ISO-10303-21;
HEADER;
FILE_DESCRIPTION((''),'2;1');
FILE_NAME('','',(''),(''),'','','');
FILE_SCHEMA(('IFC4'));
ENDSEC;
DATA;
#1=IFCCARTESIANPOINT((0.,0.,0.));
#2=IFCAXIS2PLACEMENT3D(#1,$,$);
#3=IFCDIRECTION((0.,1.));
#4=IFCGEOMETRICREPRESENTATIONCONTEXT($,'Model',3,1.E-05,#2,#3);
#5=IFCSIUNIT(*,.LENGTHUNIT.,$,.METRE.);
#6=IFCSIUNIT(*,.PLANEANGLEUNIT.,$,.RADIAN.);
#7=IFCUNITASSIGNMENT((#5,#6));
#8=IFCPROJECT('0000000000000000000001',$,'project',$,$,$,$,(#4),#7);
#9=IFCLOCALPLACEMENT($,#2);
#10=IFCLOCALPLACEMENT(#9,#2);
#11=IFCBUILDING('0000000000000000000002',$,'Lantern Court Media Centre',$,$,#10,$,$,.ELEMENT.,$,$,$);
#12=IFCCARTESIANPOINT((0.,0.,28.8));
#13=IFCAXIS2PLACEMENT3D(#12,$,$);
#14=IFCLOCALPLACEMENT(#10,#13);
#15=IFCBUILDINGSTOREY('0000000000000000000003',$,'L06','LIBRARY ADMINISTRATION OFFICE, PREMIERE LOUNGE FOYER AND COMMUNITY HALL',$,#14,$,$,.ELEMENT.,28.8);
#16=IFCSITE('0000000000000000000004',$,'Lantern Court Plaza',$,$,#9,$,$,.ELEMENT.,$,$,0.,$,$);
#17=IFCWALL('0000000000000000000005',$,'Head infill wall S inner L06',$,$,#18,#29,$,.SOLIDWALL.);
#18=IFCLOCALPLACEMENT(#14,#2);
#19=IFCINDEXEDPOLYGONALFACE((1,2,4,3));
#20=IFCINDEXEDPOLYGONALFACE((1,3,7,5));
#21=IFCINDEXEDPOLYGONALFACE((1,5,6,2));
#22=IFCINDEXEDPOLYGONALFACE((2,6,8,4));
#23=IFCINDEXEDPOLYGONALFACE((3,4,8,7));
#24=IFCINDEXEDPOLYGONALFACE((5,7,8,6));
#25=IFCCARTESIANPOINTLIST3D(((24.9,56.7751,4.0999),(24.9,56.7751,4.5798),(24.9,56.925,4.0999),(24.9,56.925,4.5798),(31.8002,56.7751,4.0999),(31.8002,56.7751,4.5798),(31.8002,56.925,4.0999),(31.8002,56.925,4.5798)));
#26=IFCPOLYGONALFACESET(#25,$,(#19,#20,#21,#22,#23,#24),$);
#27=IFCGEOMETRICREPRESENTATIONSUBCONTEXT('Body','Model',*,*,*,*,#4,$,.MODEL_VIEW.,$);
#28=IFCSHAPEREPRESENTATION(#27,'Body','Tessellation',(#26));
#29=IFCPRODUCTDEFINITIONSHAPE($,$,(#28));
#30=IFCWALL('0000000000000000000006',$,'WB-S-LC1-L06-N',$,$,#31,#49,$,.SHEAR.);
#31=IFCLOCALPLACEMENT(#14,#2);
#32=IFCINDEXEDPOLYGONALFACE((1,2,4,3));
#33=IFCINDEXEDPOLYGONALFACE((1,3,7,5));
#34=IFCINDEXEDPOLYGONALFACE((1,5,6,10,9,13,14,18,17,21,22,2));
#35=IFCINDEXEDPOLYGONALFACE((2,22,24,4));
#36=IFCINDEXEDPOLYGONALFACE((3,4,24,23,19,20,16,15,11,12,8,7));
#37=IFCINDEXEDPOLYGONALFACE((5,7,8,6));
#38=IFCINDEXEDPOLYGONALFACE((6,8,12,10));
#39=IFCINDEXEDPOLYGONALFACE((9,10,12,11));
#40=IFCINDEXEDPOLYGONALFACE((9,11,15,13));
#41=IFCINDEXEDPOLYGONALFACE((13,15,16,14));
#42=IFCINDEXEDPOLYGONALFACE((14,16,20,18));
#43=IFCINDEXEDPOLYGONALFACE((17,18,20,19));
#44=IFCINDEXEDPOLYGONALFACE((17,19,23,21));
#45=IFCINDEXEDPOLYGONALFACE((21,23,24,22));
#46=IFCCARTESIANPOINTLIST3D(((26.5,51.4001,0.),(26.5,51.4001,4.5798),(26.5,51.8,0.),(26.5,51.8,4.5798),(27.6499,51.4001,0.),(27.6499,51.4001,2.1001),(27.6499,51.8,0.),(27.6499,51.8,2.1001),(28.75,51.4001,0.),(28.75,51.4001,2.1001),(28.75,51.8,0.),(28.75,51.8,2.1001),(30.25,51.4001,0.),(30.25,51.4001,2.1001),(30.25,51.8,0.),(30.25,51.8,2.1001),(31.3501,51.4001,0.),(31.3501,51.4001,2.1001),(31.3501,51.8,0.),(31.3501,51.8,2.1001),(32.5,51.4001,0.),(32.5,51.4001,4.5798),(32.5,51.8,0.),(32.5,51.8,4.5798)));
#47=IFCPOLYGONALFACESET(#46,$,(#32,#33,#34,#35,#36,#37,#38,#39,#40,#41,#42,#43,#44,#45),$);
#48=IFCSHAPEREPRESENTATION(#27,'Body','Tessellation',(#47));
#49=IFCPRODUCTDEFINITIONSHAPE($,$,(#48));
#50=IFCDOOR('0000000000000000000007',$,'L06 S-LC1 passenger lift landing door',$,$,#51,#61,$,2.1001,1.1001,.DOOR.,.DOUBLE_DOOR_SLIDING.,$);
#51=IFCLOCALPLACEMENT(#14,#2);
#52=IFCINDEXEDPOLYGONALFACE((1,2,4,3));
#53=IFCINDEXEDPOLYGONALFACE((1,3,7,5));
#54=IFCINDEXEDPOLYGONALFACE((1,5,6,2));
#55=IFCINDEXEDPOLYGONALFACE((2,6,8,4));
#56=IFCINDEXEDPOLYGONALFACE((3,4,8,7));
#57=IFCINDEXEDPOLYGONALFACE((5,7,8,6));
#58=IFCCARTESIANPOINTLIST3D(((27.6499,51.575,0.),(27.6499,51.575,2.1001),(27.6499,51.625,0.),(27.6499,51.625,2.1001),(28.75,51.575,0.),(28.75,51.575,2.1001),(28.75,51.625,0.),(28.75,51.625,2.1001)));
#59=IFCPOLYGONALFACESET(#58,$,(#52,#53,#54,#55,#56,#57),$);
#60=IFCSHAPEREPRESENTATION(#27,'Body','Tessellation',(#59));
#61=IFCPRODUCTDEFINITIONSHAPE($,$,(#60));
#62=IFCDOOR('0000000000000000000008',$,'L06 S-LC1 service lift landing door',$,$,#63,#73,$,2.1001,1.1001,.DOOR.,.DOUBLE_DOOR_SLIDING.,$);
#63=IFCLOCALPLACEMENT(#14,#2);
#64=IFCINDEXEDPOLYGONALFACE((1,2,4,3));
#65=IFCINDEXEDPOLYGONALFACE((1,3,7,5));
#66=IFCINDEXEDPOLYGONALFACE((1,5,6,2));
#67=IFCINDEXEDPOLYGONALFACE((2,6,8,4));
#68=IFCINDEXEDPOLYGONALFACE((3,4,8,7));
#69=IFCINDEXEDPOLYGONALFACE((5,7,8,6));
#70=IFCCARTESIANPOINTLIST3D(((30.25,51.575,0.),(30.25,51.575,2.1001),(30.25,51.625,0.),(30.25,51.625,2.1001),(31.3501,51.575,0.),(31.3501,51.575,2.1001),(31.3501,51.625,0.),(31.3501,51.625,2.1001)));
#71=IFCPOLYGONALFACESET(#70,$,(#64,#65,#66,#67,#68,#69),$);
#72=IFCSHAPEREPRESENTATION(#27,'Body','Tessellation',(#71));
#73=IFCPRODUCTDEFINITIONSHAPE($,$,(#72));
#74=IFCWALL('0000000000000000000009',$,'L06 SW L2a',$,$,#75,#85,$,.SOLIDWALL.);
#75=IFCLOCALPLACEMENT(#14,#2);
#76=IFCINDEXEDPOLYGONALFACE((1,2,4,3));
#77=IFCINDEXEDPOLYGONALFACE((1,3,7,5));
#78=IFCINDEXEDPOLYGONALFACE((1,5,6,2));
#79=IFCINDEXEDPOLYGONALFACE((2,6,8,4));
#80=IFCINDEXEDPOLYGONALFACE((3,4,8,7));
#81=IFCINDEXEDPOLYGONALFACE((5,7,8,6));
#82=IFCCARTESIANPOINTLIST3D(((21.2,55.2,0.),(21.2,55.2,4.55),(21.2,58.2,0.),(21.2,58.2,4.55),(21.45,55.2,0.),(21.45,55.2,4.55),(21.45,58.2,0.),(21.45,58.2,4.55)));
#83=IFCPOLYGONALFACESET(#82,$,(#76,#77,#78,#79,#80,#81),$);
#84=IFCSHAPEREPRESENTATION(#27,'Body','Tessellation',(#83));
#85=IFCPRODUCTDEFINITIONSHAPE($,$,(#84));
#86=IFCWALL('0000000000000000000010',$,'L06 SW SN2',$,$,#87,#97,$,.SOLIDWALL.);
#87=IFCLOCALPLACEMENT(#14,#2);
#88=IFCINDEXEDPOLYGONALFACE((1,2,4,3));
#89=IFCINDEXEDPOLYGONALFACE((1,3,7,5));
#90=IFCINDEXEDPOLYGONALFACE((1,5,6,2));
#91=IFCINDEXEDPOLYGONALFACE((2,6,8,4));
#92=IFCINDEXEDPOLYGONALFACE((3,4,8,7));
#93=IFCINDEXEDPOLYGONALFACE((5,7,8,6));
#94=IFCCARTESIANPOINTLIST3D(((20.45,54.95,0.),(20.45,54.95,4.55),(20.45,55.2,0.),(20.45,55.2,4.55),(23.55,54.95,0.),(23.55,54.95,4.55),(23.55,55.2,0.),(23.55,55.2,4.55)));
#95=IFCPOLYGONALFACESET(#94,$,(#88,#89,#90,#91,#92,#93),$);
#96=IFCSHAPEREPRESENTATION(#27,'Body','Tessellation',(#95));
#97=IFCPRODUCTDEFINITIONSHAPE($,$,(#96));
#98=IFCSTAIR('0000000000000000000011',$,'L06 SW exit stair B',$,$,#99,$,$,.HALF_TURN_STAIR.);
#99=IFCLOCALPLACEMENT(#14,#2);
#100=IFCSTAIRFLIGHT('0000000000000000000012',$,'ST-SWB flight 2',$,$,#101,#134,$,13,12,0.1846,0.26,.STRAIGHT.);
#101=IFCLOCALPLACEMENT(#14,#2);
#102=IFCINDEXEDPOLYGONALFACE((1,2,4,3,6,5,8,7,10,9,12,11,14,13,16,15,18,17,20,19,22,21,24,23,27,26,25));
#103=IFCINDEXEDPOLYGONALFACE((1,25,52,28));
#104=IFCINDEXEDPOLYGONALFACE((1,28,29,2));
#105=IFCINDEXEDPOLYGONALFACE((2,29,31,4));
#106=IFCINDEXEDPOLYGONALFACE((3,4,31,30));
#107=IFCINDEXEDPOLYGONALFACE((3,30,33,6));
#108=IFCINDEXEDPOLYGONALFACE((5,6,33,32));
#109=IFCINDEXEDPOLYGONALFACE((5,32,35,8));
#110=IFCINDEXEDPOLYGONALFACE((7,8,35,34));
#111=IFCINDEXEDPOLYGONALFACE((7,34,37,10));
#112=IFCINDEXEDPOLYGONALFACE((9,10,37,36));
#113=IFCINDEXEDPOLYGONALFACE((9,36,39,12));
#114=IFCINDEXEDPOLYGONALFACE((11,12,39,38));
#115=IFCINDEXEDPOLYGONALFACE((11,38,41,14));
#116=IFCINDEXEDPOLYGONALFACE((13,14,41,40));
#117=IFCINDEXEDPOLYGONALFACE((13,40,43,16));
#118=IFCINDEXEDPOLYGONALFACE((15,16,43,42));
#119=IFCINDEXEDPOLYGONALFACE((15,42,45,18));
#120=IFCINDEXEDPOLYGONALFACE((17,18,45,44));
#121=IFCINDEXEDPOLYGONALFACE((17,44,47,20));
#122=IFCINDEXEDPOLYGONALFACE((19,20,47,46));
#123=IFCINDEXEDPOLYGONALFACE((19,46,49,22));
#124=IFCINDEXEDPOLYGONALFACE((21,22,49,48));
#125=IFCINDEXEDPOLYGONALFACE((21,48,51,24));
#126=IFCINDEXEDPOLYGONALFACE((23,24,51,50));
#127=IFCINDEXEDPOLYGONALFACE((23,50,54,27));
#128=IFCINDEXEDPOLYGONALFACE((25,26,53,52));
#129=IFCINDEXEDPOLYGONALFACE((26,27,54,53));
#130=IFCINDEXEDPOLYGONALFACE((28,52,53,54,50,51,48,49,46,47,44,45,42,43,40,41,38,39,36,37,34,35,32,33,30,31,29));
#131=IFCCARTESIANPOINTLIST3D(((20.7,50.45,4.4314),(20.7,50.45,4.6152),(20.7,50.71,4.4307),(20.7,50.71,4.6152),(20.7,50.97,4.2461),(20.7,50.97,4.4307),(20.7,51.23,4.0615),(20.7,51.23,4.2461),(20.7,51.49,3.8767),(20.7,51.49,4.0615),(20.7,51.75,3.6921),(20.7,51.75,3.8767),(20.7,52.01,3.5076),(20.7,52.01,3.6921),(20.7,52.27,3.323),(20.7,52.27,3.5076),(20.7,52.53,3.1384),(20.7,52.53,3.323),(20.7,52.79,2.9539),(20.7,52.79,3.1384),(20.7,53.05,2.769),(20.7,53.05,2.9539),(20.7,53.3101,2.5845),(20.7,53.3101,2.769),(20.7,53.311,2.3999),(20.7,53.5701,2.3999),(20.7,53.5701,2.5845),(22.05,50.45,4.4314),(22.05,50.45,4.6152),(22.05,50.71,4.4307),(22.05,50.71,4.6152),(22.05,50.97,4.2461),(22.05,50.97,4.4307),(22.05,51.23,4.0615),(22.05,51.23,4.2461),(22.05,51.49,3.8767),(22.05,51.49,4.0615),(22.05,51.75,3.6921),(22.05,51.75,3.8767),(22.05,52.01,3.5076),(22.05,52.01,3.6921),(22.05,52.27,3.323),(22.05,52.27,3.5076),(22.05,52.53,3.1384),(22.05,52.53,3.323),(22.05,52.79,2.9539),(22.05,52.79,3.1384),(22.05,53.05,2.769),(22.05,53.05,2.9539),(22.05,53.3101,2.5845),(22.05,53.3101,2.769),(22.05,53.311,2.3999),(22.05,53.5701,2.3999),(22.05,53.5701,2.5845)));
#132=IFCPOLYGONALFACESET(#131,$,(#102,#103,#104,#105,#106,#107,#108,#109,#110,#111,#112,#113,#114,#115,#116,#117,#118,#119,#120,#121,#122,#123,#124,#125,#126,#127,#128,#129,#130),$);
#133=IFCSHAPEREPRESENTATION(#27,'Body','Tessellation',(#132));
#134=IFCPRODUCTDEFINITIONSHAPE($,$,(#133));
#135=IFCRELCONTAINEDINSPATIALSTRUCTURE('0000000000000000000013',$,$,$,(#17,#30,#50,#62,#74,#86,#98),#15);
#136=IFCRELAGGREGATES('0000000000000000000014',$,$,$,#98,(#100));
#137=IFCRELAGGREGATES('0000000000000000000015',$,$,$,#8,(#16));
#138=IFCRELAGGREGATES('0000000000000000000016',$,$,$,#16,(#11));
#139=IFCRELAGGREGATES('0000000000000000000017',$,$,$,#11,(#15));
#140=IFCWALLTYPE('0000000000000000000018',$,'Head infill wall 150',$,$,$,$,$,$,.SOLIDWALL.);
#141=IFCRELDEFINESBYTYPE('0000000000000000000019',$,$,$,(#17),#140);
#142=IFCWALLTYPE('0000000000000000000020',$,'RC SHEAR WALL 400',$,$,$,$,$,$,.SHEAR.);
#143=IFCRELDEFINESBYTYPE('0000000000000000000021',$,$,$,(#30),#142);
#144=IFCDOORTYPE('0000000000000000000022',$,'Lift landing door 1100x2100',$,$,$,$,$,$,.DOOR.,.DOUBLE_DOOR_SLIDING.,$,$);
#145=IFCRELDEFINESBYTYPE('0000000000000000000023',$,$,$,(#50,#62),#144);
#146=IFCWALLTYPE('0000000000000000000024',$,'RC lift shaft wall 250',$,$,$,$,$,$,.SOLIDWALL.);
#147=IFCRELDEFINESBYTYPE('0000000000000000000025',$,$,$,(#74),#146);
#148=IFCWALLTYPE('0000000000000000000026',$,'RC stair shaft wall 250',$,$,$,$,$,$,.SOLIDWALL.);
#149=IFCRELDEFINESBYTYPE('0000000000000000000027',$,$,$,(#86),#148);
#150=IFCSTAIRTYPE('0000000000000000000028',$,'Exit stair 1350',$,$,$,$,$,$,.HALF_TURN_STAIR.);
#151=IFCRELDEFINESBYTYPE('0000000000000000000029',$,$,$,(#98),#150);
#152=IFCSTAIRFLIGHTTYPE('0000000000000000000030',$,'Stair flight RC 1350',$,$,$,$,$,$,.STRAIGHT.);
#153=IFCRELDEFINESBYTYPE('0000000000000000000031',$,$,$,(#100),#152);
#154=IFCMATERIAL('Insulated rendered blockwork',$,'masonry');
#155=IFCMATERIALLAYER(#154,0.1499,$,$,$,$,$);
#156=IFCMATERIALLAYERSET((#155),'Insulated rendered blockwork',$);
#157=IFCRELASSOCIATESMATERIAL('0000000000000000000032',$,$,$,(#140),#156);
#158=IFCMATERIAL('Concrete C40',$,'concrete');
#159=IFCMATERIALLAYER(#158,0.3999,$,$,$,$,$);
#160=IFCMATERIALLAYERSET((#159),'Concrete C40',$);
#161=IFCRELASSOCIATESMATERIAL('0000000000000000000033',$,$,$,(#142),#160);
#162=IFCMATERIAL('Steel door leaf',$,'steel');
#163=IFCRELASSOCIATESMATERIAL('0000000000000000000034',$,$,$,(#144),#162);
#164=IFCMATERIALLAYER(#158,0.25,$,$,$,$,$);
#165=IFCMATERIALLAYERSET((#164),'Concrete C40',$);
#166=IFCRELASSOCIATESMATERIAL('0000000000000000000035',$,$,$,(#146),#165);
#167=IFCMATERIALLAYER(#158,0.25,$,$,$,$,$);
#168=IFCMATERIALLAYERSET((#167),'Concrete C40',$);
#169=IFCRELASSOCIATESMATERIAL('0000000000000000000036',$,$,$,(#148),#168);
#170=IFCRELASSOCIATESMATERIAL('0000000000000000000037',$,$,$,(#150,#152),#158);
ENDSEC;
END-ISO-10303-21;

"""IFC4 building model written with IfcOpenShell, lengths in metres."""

from ifc_helpers import new_model, si_unit, direction, frame, frame_2d, origin, place, context, subcontext, project, spatial, polyline, rectangle, outline, extrude, material, layer, layer_set, type_object, element, fill, aggregate, save


model = new_model("IFC4")

# Units and contexts
model_context = context("Model", 3, precision=1e-05, world=origin(), true_north=direction((0.0, 1.0)))
body_context = subcontext(model_context, "Body", "Model", "MODEL_VIEW")
ifc_project = project(units=[si_unit("LENGTHUNIT", "METRE"), si_unit("PLANEANGLEUNIT", "RADIAN")], contexts=[model_context])

# Site, building, storey
site_placement = place(None, origin())
site = spatial("IfcSite", under=ifc_project, at=site_placement, Name="Lantern Court Plaza", CompositionType="ELEMENT", RefElevation=0.0)
building_placement = place(site_placement, origin())
building = spatial("IfcBuilding", under=site, at=building_placement, Name="Lantern Court Media Centre", CompositionType="ELEMENT")
storey_placement = place(building_placement, frame((0.0, 0.0, 28.8)))
storey = spatial("IfcBuildingStorey", under=building, at=storey_placement, Name="L06", Description="LIBRARY ADMINISTRATION OFFICE, PREMIERE LOUNGE FOYER AND COMMUNITY HALL", CompositionType="ELEMENT", Elevation=28.8)

# Wall
ifc_material_1 = material(Name="Insulated rendered blockwork", Category="masonry")
ifc_layer_1 = layer(ifc_material_1, 0.1499)
ifc_layer_set_1 = layer_set([ifc_layer_1], Name="Insulated rendered blockwork")
wall_type_1 = type_object("IfcWallType", Name="Head infill wall 150", PredefinedType="SOLIDWALL", material=ifc_layer_set_1)
wall_1_placement = place(storey_placement, frame((24.8999, 56.8501, 4.0999), z_axis=(0.0, 0.0, 1.0), x_axis=(1.0, 0.0, 0.0)))
element("IfcWall", 1, at=wall_1_placement, inside=storey, type_object=wall_type_1, Name="Head infill wall S inner L06", PredefinedType="SOLIDWALL", context=body_context, shape_type="SweptSolid", body=[
    extrude(rectangle(XDim=6.9001, YDim=0.1499, at=frame_2d((3.4502, 0.0))), origin(), (0.0, 0.0, 1.0), 0.48),
])

# Wall, openings, doors
ifc_material_2 = material(Name="Concrete C40", Category="concrete")
ifc_layer_2 = layer(ifc_material_2, 0.3999)
ifc_layer_set_2 = layer_set([ifc_layer_2], Name="Concrete C40")
wall_type_2 = type_object("IfcWallType", Name="RC SHEAR WALL 400", PredefinedType="SHEAR", material=ifc_layer_set_2)
wall_2_placement = place(storey_placement, frame((26.5, 51.6001, 0.0), z_axis=(0.0, 0.0, 1.0), x_axis=(1.0, 0.0, 0.0)))
wall_2 = element("IfcWall", 2, at=wall_2_placement, inside=storey, type_object=wall_type_2, Name="WB-S-LC1-L06-N", PredefinedType="SHEAR", context=body_context, shape_type="SweptSolid", body=[
    extrude(rectangle(XDim=6.0, YDim=0.3999, at=frame_2d((3.0, 0.0))), origin(), (0.0, 0.0, 1.0), 4.5798),
])
opening_1_placement = place(wall_2_placement, frame((1.1499, 0.0, 0.0)))
opening_1 = element("IfcOpeningElement", 3, at=opening_1_placement, cuts=wall_2, PredefinedType="OPENING", context=body_context, shape_type="SweptSolid", body=[
    extrude(rectangle(XDim=1.1001, YDim=2.1001, at=frame_2d((0.55, 1.05))), frame((0.0, 0.21, 0.0), z_axis=(0.0, -1.0, 0.0), x_axis=(1.0, 0.0, 0.0)), (0.0, 0.0, 1.0), 0.4199),
])
opening_2_placement = place(wall_2_placement, frame((3.75, 0.0, 0.0)))
opening_2 = element("IfcOpeningElement", 4, at=opening_2_placement, cuts=wall_2, PredefinedType="OPENING", context=body_context, shape_type="SweptSolid", body=[
    extrude(rectangle(XDim=1.1001, YDim=2.1001, at=frame_2d((0.55, 1.05))), frame((0.0, 0.21, 0.0), z_axis=(0.0, -1.0, 0.0), x_axis=(1.0, 0.0, 0.0)), (0.0, 0.0, 1.0), 0.4199),
])
ifc_material_3 = material(Name="Steel door leaf", Category="steel")
door_type = type_object("IfcDoorType", Name="Lift landing door 1100x2100", OperationType="DOUBLE_DOOR_SLIDING", PredefinedType="DOOR", material=ifc_material_3)
door_1_placement = place(opening_1_placement, origin())
door_1 = element("IfcDoor", 5, at=door_1_placement, inside=storey, type_object=door_type, Name="L06 S-LC1 passenger lift landing door", OperationType="DOUBLE_DOOR_SLIDING", OverallHeight=2.1001, OverallWidth=1.1001, PredefinedType="DOOR", context=body_context, shape_type="SweptSolid", body=[
    extrude(rectangle(XDim=1.1001, YDim=2.1001, at=frame_2d((0.55, 1.05))), frame((0.0, 0.0249, 0.0), z_axis=(0.0, -1.0, 0.0), x_axis=(1.0, 0.0, 0.0)), (0.0, 0.0, 1.0), 0.05),
])
fill(opening_1, door_1)
door_2_placement = place(opening_2_placement, origin())
door_2 = element("IfcDoor", 6, at=door_2_placement, inside=storey, type_object=door_type, Name="L06 S-LC1 service lift landing door", OperationType="DOUBLE_DOOR_SLIDING", OverallHeight=2.1001, OverallWidth=1.1001, PredefinedType="DOOR", context=body_context, shape_type="SweptSolid", body=[
    extrude(rectangle(XDim=1.1001, YDim=2.1001, at=frame_2d((0.55, 1.05))), frame((0.0, 0.0249, 0.0), z_axis=(0.0, -1.0, 0.0), x_axis=(1.0, 0.0, 0.0)), (0.0, 0.0, 1.0), 0.05),
])
fill(opening_2, door_2)

# Walls
ifc_layer_3 = layer(ifc_material_2, 0.25)
ifc_layer_set_3 = layer_set([ifc_layer_3], Name="Concrete C40")
wall_type_3 = type_object("IfcWallType", Name="RC lift shaft wall 250", PredefinedType="SOLIDWALL", material=ifc_layer_set_3)
wall_3_placement = place(storey_placement, frame((21.325, 55.2, 0.0), z_axis=(0.0, 0.0, 1.0), x_axis=(0.0, 1.0, 0.0)))
element("IfcWall", 7, at=wall_3_placement, inside=storey, type_object=wall_type_3, Name="L06 SW L2a", PredefinedType="SOLIDWALL", context=body_context, shape_type="SweptSolid", body=[
    extrude(rectangle(XDim=3.0, YDim=0.25, at=frame_2d((1.5, 0.0))), origin(), (0.0, 0.0, 1.0), 4.55),
])
ifc_layer_4 = layer(ifc_material_2, 0.25)
ifc_layer_set_4 = layer_set([ifc_layer_4], Name="Concrete C40")
wall_type_4 = type_object("IfcWallType", Name="RC stair shaft wall 250", PredefinedType="SOLIDWALL", material=ifc_layer_set_4)
wall_4_placement = place(storey_placement, frame((20.45, 55.075, 0.0), z_axis=(0.0, 0.0, 1.0), x_axis=(1.0, 0.0, 0.0)))
element("IfcWall", 8, at=wall_4_placement, inside=storey, type_object=wall_type_4, Name="L06 SW SN2", PredefinedType="SOLIDWALL", context=body_context, shape_type="SweptSolid", body=[
    extrude(rectangle(XDim=3.1001, YDim=0.25, at=frame_2d((1.55, 0.0))), origin(), (0.0, 0.0, 1.0), 4.55),
])

# Stair, stair flight
stair_type = type_object("IfcStairType", Name="Exit stair 1350", PredefinedType="HALF_TURN_STAIR", material=ifc_material_2)
stair_placement = place(storey_placement, origin())
stair = element("IfcStair", 9, at=stair_placement, inside=storey, type_object=stair_type, Name="L06 SW exit stair B", PredefinedType="HALF_TURN_STAIR")
stair_flight_type = type_object("IfcStairFlightType", Name="Stair flight RC 1350", PredefinedType="STRAIGHT", material=ifc_material_2)
stair_flight_placement = place(storey_placement, frame((21.375, 53.5701, 2.3999), z_axis=(0.0, 0.0, 1.0), x_axis=(0.0, -1.0, 0.0)))
stair_flight = element("IfcStairFlight", 10, at=stair_flight_placement, type_object=stair_flight_type, Name="ST-SWB flight 2", NumberOfRisers=13, NumberOfTreads=12, PredefinedType="STRAIGHT", RiserHeight=0.1846, TreadLength=0.26, context=body_context, shape_type="SweptSolid", body=[
    extrude(outline(polyline([(0.0, 0.0), (0.0, 0.1846), (0.26, 0.1846), (0.26, 0.3691), (0.52, 0.3691), (0.52, 0.554), (0.78, 0.554), (0.78, 0.7385), (1.04, 0.7385), (1.04, 0.9231), (1.3, 0.9231), (1.3, 1.1077), (1.5601, 1.1077), (1.5601, 1.2922), (1.8201, 1.2922), (1.8201, 1.4768), (2.0801, 1.4768), (2.0801, 1.6616), (2.3401, 1.6616), (2.3401, 1.8462), (2.6001, 1.8462), (2.6001, 2.0308), (2.8601, 2.0308), (2.8601, 2.2153), (3.1201, 2.2153), (3.1201, 2.3999), (3.1201, 2.0315), (0.259, 0.0), (0.0, 0.0)])), frame((0.0, 0.675, 0.0), z_axis=(0.0, -1.0, 0.0), x_axis=(1.0, 0.0, 0.0)), (0.0, 0.0, 1.0), 1.3501),
])
aggregate(stair, [stair_flight])

save(model, "model.ifc")
